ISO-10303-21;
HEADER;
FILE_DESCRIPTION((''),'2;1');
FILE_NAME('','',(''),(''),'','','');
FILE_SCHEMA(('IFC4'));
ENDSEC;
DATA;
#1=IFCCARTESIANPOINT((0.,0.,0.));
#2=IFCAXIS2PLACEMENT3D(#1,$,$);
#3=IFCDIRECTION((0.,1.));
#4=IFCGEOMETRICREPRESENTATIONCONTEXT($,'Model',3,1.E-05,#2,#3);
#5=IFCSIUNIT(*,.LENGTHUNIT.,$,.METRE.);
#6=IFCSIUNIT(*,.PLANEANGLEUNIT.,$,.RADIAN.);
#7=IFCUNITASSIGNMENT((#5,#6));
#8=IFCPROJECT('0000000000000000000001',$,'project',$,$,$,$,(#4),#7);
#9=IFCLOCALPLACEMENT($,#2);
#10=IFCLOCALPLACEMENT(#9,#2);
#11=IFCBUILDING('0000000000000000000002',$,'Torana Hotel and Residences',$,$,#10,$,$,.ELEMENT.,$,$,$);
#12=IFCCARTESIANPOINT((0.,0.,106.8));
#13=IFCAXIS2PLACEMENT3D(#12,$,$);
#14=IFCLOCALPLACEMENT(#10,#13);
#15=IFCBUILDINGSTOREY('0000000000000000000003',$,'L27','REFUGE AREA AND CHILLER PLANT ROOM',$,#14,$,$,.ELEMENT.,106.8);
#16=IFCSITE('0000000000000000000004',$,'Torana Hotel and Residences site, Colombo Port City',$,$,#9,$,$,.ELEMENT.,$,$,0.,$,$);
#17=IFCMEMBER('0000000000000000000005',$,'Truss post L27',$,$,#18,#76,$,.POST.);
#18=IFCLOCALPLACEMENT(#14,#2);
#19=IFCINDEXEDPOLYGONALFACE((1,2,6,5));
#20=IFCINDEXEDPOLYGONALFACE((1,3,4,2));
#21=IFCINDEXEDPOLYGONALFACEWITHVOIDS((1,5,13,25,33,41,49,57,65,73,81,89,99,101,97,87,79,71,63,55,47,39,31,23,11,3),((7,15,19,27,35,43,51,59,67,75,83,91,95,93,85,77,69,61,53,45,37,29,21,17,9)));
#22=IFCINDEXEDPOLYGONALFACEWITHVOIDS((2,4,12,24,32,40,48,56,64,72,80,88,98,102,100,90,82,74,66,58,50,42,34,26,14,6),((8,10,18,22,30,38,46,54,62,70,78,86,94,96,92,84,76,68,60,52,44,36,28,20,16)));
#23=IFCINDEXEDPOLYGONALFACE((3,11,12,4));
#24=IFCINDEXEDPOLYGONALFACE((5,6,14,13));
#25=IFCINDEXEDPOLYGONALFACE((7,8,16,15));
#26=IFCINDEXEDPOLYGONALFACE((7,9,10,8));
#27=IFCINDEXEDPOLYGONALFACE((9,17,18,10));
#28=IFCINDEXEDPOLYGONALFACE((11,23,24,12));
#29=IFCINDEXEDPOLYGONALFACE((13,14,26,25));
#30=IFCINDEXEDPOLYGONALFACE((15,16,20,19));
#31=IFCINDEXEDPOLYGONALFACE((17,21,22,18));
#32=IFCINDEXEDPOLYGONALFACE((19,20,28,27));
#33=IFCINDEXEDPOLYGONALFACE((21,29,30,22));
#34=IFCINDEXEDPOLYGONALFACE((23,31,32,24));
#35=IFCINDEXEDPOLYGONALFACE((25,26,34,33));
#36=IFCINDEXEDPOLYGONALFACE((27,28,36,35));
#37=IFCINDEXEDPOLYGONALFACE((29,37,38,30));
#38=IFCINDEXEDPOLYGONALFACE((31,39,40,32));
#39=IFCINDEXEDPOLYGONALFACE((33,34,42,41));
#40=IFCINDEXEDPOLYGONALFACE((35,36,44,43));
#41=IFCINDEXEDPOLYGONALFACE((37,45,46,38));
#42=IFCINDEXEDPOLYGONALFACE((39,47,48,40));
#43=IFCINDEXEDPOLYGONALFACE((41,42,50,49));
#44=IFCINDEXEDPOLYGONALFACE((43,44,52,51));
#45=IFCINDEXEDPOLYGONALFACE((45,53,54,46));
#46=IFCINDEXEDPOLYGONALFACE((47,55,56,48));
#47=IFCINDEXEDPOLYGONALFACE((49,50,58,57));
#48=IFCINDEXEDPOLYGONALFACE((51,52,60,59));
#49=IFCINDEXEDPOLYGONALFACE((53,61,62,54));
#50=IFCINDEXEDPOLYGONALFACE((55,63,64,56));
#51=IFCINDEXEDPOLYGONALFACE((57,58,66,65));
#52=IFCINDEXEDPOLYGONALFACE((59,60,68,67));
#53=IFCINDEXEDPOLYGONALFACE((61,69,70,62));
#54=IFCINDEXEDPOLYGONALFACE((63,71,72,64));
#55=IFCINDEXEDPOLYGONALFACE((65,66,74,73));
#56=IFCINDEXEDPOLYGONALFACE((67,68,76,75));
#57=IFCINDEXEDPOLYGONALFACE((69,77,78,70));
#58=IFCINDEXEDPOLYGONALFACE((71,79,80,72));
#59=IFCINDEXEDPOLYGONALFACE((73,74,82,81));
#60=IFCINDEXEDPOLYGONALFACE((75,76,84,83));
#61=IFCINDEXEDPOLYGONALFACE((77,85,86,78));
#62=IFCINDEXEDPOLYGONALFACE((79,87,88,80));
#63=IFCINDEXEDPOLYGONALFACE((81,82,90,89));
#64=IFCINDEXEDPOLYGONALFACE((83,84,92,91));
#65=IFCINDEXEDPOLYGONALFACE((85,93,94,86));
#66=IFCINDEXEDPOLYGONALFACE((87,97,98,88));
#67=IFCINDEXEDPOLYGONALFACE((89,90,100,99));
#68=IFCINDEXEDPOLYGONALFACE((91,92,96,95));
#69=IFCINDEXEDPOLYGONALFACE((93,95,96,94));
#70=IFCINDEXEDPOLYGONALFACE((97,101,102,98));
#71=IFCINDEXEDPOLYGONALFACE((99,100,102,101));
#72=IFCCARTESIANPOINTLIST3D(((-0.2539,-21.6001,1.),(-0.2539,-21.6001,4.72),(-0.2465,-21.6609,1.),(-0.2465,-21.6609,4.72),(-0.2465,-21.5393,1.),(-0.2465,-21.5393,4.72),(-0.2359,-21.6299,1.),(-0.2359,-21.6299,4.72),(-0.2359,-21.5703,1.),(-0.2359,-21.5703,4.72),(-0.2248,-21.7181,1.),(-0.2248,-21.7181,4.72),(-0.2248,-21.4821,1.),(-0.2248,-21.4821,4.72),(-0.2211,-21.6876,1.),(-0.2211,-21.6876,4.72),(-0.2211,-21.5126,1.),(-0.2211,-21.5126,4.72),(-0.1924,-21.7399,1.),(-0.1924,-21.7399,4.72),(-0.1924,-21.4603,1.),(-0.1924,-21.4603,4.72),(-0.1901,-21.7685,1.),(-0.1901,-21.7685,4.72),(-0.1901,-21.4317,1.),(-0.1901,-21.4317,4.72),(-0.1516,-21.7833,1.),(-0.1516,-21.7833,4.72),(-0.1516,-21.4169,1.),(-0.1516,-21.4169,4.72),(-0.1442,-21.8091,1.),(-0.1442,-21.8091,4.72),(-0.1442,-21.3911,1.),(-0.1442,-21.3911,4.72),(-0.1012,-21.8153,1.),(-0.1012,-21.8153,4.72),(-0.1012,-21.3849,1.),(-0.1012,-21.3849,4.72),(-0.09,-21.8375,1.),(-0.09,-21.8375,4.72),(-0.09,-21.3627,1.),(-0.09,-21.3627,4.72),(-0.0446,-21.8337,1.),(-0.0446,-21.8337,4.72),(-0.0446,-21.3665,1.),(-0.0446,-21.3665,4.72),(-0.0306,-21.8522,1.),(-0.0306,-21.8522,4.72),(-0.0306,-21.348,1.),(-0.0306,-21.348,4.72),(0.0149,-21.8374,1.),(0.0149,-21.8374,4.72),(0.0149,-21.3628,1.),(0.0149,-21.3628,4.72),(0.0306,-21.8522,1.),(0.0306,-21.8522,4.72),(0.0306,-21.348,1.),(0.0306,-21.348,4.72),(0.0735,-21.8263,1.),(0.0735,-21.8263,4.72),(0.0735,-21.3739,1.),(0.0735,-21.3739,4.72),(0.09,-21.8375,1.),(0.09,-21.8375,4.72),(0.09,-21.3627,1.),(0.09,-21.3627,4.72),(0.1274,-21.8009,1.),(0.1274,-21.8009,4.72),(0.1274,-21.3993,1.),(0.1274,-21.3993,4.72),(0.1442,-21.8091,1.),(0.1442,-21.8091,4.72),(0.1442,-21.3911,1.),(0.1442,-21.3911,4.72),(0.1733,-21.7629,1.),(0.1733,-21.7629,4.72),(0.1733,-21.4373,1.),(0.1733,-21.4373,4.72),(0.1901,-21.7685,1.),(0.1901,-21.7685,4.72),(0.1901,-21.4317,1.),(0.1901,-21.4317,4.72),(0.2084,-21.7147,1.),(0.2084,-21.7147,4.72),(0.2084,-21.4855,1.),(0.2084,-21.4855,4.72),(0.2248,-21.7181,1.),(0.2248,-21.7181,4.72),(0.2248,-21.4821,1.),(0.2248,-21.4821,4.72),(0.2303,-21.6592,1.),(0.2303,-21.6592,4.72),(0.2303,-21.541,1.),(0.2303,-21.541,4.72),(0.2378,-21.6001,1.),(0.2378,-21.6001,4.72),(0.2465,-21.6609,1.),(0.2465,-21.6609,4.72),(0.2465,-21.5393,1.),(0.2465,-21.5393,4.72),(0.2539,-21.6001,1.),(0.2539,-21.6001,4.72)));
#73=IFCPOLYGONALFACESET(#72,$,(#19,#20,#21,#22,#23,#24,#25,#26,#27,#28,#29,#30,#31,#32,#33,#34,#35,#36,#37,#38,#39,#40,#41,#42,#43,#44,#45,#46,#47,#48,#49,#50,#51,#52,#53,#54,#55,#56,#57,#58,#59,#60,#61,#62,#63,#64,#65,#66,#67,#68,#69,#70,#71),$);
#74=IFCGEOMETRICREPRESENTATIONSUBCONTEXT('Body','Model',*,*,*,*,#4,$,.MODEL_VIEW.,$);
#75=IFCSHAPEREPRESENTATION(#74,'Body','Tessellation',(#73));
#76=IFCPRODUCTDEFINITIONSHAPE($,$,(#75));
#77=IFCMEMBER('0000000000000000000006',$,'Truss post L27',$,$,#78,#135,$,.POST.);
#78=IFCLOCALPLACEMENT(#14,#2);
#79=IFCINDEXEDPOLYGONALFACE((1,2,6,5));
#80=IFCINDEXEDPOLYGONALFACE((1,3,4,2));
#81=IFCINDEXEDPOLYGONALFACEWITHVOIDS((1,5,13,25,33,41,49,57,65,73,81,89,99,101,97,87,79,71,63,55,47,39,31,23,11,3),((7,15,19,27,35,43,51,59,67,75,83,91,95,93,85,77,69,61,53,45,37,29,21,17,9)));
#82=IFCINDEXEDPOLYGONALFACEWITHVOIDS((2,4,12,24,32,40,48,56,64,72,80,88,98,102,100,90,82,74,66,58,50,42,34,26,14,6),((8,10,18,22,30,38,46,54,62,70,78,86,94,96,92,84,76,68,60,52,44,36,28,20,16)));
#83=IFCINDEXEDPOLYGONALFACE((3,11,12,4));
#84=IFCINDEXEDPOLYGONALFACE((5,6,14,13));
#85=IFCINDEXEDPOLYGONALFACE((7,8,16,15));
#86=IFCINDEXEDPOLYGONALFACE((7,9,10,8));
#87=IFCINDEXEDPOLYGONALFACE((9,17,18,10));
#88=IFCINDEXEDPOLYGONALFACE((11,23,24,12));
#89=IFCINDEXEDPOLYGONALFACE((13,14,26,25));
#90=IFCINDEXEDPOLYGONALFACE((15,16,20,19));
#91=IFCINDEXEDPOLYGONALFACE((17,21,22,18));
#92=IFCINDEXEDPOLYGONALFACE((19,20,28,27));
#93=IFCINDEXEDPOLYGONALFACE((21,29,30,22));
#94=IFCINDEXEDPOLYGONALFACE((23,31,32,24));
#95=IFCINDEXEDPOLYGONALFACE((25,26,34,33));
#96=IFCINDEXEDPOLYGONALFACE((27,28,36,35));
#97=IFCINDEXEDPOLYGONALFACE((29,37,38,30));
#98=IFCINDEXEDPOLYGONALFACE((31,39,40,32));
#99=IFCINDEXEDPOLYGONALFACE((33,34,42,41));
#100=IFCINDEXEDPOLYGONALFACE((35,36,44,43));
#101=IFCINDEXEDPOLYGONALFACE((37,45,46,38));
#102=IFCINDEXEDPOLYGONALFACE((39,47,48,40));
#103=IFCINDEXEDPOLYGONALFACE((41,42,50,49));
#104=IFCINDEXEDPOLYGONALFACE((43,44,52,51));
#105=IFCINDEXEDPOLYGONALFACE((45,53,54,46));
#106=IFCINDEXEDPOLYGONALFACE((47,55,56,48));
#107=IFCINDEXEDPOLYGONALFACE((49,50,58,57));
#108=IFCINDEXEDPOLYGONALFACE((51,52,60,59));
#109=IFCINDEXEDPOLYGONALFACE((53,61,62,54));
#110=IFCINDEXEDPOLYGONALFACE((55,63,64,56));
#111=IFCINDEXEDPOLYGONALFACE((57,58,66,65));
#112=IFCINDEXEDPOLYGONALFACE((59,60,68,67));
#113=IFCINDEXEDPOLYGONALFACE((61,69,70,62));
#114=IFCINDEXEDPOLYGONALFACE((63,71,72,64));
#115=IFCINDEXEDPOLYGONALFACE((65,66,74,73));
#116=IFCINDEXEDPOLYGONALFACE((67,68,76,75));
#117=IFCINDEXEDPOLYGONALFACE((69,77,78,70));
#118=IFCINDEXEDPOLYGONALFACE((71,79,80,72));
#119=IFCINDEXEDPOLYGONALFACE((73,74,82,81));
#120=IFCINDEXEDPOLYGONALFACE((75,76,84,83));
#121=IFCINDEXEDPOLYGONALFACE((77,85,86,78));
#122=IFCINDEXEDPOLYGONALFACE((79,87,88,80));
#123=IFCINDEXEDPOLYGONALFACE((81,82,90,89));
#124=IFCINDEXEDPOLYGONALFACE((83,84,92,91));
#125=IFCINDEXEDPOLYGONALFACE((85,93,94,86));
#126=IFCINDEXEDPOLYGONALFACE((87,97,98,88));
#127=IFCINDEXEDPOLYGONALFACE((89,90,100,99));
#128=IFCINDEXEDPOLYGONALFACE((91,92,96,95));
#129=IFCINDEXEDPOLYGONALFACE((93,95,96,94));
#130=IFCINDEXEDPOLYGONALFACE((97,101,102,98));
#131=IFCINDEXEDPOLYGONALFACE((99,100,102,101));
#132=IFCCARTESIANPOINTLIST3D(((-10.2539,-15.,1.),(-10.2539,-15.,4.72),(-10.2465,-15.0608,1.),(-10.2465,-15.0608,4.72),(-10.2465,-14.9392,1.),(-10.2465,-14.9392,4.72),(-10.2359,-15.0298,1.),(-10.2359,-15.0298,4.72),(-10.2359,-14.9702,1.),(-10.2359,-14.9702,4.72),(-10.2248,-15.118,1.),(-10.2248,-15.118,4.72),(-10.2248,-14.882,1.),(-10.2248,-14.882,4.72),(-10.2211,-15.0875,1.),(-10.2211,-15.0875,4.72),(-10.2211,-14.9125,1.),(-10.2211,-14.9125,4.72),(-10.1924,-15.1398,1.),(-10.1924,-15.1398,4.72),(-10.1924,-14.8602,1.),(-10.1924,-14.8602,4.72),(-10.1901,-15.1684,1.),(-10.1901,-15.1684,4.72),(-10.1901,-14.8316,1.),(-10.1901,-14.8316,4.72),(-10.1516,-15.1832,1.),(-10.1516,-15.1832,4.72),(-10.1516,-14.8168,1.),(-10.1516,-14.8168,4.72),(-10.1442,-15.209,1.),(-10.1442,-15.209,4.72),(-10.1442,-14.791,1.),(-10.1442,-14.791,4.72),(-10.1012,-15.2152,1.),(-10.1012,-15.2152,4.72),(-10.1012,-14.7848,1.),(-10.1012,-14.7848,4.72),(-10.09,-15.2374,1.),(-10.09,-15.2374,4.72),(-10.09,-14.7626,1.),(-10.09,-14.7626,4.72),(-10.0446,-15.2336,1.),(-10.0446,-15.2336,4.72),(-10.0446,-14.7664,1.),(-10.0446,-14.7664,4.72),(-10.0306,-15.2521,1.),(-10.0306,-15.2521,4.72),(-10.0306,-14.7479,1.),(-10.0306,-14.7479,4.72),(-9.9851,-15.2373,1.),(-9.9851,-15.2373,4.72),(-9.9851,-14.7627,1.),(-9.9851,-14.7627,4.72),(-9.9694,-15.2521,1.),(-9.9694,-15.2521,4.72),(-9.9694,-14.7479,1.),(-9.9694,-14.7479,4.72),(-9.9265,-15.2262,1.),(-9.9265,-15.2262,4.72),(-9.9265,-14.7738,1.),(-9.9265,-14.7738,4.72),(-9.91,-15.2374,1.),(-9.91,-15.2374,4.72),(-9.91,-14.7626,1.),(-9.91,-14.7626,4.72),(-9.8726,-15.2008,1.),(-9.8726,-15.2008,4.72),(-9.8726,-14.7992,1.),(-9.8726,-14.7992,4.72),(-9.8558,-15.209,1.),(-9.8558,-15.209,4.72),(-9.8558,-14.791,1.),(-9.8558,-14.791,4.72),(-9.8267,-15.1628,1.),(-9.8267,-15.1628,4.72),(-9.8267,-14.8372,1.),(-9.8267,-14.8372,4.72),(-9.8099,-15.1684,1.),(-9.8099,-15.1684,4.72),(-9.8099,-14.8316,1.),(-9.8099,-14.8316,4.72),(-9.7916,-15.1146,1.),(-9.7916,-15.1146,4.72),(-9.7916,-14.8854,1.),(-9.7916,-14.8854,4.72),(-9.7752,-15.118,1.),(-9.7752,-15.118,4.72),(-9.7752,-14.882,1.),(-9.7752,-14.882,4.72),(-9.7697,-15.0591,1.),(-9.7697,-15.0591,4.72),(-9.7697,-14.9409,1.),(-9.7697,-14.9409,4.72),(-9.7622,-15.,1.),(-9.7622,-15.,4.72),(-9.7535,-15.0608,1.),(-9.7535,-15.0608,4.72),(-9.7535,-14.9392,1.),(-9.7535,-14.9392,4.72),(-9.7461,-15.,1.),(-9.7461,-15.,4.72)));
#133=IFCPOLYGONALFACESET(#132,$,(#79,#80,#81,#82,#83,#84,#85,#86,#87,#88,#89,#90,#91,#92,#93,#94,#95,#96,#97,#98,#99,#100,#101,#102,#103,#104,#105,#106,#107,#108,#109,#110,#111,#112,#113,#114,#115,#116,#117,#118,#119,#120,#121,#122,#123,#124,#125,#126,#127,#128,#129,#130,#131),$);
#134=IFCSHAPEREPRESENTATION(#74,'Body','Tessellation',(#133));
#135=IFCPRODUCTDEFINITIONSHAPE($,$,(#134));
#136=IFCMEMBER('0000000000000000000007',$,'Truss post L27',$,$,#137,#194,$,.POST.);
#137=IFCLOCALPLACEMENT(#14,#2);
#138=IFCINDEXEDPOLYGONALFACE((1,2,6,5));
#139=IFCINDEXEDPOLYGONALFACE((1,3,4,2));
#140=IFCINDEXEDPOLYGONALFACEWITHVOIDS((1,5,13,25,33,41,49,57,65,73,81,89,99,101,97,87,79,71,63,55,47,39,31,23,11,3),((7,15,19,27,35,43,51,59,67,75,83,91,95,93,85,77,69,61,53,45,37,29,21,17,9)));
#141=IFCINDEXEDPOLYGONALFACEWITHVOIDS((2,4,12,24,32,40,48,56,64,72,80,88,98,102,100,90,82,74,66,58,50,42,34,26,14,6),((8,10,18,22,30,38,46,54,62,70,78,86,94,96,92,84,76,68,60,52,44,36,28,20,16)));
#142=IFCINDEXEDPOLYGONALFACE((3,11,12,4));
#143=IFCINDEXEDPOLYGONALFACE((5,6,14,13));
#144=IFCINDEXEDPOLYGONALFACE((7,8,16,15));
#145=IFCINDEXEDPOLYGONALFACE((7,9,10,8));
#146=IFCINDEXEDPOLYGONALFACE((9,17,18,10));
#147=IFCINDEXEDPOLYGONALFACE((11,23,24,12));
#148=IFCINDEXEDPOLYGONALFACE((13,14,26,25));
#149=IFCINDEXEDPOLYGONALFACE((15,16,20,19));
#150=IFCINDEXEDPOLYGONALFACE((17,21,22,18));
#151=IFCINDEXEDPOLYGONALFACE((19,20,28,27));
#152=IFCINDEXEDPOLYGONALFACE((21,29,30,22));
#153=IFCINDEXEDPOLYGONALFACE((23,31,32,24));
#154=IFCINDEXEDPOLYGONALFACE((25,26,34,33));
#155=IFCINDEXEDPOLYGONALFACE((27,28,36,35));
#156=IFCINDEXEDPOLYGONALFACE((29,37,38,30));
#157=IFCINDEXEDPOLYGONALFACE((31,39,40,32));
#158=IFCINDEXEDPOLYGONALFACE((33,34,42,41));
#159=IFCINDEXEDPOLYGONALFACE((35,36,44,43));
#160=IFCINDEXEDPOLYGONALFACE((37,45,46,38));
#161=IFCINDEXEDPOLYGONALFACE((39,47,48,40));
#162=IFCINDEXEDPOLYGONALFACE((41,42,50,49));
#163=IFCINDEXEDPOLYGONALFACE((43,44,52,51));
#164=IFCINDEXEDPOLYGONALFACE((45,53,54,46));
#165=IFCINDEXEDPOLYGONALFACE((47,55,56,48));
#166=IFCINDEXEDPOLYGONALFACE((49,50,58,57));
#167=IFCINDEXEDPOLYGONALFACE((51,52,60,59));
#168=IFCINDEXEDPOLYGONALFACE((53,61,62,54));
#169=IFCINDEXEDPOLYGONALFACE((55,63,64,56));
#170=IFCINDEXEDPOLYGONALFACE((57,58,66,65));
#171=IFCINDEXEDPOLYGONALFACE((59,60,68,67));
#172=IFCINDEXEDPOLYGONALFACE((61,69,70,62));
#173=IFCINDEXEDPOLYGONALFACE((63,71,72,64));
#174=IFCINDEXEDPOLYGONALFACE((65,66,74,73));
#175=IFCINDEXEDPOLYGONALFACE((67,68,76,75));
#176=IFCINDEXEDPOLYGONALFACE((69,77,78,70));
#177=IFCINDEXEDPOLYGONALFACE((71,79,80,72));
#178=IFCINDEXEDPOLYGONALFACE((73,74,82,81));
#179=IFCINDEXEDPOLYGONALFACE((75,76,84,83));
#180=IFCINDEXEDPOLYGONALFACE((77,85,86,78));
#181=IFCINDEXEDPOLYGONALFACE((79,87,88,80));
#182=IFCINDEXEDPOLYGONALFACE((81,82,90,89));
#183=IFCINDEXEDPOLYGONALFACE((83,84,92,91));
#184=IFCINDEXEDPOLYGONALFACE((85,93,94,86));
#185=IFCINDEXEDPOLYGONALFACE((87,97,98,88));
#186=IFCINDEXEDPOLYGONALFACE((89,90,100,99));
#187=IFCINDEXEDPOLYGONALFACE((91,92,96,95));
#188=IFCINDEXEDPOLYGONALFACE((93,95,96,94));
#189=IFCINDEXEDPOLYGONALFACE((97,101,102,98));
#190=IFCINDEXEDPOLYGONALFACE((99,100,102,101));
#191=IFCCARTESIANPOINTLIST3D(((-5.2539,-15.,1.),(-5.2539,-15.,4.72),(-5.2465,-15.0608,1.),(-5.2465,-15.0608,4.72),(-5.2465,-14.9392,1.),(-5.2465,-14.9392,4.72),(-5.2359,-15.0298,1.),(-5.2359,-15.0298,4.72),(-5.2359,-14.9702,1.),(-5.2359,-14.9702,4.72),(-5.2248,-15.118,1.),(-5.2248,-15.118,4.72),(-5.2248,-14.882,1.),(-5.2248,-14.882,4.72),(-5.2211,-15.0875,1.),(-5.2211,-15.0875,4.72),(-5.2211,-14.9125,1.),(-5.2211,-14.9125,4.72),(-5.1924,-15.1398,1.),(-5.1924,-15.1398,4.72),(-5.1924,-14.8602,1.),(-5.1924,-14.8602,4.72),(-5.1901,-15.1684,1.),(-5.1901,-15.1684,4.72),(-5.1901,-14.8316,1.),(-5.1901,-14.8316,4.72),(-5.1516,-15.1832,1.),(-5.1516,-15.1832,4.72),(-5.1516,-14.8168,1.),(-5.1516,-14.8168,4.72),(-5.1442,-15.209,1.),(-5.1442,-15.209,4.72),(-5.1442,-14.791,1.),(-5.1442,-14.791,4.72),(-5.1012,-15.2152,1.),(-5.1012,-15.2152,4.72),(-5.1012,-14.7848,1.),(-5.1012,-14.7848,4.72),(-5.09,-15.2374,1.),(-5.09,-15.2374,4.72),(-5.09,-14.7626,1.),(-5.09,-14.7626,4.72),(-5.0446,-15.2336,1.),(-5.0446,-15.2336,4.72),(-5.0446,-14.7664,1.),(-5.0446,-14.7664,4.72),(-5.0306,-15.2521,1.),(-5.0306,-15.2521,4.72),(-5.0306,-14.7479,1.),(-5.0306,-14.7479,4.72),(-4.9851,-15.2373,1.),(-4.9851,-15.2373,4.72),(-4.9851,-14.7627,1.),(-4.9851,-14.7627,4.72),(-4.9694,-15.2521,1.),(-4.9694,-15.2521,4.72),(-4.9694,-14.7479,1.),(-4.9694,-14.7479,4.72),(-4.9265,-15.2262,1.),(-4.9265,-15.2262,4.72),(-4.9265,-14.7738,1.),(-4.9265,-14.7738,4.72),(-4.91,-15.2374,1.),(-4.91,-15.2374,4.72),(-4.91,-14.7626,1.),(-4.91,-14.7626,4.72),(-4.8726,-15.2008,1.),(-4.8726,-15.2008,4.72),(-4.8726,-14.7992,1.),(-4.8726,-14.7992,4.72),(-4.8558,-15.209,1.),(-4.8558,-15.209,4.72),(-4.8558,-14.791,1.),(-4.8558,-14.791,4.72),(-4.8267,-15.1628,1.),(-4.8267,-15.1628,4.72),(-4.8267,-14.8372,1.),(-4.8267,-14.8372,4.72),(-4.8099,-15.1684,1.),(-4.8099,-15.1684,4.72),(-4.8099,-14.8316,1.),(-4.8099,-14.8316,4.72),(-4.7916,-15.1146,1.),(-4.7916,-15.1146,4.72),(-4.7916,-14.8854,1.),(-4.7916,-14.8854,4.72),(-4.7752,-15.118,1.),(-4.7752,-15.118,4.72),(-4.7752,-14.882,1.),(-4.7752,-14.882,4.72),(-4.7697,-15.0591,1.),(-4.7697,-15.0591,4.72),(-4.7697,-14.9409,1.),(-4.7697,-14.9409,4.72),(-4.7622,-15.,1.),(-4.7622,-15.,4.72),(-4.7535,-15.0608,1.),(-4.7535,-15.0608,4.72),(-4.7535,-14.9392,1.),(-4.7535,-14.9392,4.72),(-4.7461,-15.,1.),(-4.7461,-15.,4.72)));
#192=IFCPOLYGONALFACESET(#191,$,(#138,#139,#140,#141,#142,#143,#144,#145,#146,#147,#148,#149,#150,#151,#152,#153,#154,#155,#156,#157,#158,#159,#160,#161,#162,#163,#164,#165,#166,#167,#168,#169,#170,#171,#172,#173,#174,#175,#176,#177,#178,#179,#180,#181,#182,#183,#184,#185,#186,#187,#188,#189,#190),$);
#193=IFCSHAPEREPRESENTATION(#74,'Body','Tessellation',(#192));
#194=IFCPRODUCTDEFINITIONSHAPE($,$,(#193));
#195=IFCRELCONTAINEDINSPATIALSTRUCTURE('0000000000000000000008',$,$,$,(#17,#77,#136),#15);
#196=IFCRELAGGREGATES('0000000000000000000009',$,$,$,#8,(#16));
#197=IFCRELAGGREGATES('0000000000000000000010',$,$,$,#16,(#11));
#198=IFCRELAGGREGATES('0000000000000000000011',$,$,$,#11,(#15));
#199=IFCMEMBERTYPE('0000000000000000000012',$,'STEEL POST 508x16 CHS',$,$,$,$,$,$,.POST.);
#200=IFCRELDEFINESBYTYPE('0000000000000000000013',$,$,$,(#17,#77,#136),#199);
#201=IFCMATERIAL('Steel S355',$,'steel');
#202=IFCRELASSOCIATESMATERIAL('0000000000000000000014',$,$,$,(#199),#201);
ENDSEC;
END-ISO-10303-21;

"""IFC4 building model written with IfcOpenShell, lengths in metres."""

from ifc_helpers import new_model, si_unit, direction, frame, origin, origin_2d, place, context, subcontext, project, spatial, hollow_circle, extrude, material, material_profile, profile_set, type_object, element, save


model = new_model("IFC4")

# Units and contexts
model_context = context("Model", 3, precision=1e-05, world=origin(), true_north=direction((0.0, 1.0)))
body_context = subcontext(model_context, "Body", "Model", "MODEL_VIEW")
ifc_project = project(units=[si_unit("LENGTHUNIT", "METRE"), si_unit("PLANEANGLEUNIT", "RADIAN")], contexts=[model_context])

# Site, building, storey
site_placement = place(None, origin())
site = spatial("IfcSite", under=ifc_project, at=site_placement, Name="Torana Hotel and Residences site, Colombo Port City", CompositionType="ELEMENT", RefElevation=0.0)
building_placement = place(site_placement, origin())
building = spatial("IfcBuilding", under=site, at=building_placement, Name="Torana Hotel and Residences", CompositionType="ELEMENT")
storey_placement = place(building_placement, frame((0.0, 0.0, 106.8)))
storey = spatial("IfcBuildingStorey", under=building, at=storey_placement, Name="L27", Description="REFUGE AREA AND CHILLER PLANT ROOM", CompositionType="ELEMENT", Elevation=106.8)

# Members
ifc_material_1 = material(Name="Steel S355", Category="steel")
ifc_material_profile_1 = material_profile(ifc_material_1, hollow_circle(Radius=0.2539, WallThickness=0.0161, at=origin_2d()), Name="508x16 CHS")
ifc_profile_set_1 = profile_set([ifc_material_profile_1], Name="Steel S355")
member_type_1 = type_object("IfcMemberType", Name="STEEL POST 508x16 CHS", PredefinedType="POST", material=ifc_profile_set_1)
for number, where, z_axis, x_axis, name in (
    (1, (0.0, -21.6001, 1.0), (0.0, 0.0, 1.0), (1.0, 0.0, 0.0), "Truss post L27"),
    (2, (-10.0, -15.0, 1.0), (0.0, 0.0, 1.0), (1.0, 0.0, 0.0), "Truss post L27"),
    (3, (-5.0, -15.0, 1.0), (0.0, 0.0, 1.0), (1.0, 0.0, 0.0), "Truss post L27"),
):
    element("IfcMember", number, at=place(storey_placement, frame(where, z_axis=z_axis, x_axis=x_axis)), inside=storey, type_object=member_type_1, Name=name, PredefinedType="POST", context=body_context, shape_type="SweptSolid", body=[
        extrude(hollow_circle(Radius=0.2539, WallThickness=0.0161, at=origin_2d()), origin(), (0.0, 0.0, 1.0), 3.72),
    ])

save(model, "model.ifc")
